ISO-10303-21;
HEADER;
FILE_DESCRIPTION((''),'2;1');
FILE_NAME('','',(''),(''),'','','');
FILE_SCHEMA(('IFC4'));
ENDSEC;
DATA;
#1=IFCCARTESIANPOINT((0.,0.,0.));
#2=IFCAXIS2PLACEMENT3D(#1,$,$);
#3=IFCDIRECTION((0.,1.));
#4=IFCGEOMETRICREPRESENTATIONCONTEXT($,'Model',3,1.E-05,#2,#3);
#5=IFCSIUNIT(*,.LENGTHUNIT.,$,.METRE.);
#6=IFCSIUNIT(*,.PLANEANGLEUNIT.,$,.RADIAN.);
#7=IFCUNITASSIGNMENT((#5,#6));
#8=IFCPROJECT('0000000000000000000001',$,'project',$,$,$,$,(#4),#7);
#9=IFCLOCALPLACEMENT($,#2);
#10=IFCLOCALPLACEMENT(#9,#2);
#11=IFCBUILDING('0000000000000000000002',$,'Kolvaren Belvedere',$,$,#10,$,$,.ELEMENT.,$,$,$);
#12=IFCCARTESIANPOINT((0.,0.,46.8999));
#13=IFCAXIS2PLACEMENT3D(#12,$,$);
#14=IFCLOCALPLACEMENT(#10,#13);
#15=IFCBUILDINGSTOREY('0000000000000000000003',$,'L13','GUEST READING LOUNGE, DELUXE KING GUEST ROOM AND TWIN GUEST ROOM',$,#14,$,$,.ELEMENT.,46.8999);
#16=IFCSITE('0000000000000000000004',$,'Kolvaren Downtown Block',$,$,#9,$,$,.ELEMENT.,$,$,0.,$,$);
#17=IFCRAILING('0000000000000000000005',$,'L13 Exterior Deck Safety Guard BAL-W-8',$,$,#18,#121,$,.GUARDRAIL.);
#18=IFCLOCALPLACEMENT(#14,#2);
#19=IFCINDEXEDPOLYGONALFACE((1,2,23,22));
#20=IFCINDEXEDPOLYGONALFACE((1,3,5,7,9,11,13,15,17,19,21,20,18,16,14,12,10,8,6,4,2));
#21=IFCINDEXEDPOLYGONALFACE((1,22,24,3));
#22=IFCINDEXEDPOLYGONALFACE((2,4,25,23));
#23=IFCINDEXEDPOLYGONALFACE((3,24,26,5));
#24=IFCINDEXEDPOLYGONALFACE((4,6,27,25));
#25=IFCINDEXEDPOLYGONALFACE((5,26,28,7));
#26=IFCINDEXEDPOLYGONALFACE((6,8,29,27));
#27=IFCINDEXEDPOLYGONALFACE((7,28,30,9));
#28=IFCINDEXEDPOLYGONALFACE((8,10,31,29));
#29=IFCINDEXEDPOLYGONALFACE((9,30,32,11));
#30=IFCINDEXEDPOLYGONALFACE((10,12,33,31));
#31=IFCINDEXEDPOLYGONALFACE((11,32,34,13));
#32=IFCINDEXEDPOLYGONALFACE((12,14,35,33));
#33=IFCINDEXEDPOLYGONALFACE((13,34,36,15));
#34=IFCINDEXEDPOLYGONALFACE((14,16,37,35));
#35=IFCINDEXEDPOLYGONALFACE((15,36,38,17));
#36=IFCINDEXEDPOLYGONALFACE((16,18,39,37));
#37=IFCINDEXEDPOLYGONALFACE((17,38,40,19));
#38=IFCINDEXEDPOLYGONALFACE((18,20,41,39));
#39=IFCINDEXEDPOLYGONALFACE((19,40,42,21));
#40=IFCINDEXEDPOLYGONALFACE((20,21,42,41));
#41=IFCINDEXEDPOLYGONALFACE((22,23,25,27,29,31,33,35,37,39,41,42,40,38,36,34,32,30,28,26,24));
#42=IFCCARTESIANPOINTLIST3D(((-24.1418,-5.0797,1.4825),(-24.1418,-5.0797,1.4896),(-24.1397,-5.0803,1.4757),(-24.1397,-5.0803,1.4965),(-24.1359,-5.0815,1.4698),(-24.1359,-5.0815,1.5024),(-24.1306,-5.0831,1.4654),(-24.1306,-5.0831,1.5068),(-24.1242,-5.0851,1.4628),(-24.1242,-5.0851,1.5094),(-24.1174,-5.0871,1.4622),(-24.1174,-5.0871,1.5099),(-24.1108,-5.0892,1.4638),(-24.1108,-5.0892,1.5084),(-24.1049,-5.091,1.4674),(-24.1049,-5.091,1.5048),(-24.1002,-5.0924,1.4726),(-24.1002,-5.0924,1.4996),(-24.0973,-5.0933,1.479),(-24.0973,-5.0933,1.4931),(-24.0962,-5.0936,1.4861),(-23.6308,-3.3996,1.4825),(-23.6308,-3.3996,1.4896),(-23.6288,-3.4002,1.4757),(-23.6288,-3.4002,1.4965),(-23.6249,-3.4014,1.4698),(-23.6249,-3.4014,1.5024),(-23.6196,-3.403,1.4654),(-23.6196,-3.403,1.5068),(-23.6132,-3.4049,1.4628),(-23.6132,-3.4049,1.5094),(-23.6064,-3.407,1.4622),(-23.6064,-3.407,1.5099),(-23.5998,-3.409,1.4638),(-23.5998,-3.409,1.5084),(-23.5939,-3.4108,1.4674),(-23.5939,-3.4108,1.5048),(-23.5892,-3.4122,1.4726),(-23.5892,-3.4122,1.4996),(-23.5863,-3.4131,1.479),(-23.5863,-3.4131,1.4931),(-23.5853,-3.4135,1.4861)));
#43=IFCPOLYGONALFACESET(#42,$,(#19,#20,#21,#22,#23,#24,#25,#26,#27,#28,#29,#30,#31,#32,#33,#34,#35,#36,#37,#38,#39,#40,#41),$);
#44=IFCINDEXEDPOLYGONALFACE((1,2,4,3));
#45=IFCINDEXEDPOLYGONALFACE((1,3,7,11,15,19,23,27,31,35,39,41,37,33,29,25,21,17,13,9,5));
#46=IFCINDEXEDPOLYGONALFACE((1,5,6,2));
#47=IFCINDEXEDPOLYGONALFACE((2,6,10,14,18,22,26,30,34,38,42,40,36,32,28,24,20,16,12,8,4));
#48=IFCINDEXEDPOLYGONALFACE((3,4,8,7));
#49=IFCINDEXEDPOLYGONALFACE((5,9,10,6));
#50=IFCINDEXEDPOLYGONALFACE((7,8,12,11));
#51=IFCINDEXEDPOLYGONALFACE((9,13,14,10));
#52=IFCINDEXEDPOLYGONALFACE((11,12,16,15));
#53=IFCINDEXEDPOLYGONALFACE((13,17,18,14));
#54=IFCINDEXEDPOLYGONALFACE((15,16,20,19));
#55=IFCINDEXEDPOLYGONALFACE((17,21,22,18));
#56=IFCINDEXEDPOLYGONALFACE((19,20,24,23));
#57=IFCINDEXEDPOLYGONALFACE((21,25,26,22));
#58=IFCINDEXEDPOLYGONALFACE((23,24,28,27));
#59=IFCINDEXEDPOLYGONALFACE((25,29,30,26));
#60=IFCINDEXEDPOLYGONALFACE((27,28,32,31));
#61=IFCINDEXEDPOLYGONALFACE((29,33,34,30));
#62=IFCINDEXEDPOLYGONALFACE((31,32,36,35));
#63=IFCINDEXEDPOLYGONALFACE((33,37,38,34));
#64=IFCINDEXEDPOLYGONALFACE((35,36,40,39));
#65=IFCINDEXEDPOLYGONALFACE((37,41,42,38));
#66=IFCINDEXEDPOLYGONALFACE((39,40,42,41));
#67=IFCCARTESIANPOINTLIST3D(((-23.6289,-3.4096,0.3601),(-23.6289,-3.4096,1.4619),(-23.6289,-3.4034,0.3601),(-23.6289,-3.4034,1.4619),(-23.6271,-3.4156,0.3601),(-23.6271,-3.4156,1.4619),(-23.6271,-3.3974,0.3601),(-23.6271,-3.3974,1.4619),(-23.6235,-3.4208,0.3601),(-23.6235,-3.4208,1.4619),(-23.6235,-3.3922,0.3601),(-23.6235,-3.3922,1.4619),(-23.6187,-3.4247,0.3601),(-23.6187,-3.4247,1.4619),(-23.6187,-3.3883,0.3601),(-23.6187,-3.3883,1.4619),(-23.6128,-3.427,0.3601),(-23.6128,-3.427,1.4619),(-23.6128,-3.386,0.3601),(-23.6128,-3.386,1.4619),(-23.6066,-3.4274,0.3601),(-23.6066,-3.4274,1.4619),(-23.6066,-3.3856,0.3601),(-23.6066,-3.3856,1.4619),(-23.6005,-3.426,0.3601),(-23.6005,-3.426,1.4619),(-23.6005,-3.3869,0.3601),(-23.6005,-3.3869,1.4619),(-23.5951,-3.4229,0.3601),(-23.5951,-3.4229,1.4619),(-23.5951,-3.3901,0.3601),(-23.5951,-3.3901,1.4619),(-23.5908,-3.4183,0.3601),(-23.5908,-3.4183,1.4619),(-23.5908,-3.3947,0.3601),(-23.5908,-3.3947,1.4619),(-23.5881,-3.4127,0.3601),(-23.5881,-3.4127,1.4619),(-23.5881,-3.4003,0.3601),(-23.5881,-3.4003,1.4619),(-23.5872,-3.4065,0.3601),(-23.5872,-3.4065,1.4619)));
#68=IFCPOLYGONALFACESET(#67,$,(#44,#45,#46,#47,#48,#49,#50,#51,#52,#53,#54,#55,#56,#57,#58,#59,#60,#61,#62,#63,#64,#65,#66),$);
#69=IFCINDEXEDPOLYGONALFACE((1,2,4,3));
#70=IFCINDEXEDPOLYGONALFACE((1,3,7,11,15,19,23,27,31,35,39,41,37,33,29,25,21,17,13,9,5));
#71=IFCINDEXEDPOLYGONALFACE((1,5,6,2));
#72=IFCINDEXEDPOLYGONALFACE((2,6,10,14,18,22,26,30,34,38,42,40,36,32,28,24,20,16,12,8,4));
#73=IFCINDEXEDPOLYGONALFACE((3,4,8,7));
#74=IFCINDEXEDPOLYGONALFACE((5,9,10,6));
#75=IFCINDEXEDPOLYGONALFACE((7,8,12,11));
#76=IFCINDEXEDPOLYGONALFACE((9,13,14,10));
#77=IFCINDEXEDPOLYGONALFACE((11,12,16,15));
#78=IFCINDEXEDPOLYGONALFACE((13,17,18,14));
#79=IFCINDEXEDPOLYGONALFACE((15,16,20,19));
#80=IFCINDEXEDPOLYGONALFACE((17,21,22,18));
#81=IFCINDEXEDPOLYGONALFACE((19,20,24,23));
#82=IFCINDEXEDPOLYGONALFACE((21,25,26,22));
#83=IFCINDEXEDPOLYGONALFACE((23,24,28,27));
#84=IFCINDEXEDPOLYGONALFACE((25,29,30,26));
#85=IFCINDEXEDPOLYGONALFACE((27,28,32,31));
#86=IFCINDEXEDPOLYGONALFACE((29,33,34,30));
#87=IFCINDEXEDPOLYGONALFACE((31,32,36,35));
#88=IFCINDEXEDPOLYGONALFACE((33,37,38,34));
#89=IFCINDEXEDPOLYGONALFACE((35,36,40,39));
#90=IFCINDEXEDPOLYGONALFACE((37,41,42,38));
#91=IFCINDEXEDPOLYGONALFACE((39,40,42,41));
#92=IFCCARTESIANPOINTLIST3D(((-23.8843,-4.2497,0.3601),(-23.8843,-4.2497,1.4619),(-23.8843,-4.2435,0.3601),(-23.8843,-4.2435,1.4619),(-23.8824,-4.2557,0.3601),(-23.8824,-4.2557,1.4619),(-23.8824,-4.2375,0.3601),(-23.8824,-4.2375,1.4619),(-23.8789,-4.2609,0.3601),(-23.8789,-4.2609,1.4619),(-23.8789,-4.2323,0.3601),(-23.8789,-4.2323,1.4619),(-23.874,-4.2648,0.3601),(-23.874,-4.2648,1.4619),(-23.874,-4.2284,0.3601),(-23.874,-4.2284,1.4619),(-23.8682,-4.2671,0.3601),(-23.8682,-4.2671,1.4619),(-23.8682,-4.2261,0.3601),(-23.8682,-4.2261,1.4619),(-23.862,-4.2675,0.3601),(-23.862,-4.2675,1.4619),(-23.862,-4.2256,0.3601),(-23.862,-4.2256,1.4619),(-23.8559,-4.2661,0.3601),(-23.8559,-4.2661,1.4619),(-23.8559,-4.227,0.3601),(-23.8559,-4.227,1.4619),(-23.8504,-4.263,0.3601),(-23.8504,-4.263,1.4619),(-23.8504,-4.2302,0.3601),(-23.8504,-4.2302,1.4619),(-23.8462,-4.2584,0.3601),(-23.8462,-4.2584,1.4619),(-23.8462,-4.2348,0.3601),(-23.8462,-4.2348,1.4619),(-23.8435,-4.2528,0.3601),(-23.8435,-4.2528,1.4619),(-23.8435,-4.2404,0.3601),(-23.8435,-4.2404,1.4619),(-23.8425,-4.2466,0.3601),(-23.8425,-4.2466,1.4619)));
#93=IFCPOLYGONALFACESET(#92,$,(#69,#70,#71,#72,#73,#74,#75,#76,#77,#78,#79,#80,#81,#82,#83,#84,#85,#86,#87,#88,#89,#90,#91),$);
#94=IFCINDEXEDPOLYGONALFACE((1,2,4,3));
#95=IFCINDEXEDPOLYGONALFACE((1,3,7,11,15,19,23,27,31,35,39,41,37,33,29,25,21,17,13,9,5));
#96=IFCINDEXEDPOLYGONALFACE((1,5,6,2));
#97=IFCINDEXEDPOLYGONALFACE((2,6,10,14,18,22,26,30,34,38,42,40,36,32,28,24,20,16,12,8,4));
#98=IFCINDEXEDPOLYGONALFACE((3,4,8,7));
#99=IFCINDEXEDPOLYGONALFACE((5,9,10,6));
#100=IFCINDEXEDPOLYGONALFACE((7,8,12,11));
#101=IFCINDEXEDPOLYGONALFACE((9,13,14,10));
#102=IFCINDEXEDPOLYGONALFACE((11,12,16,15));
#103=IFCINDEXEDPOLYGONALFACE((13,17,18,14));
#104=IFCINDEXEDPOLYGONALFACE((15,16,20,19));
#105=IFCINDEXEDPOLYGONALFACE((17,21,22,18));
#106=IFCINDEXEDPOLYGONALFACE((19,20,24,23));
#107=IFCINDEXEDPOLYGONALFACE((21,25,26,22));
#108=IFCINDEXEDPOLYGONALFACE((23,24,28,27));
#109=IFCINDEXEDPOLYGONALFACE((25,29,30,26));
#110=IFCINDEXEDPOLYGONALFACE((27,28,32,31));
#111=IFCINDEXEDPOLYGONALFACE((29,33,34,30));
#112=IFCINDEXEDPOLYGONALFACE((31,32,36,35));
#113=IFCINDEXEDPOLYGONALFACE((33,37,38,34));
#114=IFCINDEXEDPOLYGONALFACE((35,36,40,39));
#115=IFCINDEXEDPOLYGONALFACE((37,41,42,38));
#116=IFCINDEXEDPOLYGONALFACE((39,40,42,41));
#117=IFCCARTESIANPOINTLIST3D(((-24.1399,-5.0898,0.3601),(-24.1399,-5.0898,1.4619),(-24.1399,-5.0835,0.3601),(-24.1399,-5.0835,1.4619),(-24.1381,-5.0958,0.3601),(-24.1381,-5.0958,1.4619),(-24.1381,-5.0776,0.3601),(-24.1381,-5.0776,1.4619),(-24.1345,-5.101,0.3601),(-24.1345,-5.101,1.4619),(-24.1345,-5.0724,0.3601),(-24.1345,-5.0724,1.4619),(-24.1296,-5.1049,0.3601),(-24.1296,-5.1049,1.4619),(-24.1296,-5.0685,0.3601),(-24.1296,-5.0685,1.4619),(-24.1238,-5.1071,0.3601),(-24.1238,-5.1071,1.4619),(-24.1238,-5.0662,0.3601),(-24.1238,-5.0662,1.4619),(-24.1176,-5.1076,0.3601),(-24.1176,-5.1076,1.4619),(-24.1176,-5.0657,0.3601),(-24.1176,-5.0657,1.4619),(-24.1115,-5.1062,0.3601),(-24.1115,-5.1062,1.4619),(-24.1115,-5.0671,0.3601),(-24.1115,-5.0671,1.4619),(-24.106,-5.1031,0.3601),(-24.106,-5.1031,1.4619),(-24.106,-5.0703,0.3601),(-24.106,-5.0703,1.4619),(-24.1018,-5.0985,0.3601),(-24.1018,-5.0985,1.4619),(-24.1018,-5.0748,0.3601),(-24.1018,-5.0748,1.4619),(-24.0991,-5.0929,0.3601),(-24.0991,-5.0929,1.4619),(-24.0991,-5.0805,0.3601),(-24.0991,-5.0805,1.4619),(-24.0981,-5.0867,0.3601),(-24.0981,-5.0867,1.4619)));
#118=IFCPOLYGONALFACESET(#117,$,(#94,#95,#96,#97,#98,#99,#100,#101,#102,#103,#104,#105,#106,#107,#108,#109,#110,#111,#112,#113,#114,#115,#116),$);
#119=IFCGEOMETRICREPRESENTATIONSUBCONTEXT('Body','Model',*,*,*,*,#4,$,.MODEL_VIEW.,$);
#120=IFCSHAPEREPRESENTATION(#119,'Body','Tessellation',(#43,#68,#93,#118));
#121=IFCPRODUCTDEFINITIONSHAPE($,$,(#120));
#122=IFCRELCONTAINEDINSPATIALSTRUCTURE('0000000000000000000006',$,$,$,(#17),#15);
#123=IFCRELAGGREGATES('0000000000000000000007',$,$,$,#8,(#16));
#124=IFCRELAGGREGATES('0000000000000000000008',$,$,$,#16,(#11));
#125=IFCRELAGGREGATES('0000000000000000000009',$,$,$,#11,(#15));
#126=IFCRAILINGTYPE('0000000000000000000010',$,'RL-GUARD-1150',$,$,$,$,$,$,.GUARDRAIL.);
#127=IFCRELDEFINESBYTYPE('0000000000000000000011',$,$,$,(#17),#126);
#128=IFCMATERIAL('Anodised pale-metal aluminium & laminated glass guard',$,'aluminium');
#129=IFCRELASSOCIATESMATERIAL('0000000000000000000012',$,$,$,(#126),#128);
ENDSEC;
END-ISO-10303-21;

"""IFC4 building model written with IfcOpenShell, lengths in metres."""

from ifc_helpers import new_model, si_unit, direction, frame, origin, origin_2d, place, context, subcontext, project, spatial, circle, extrude, material, type_object, element, save


model = new_model("IFC4")

# Units and contexts
model_context = context("Model", 3, precision=1e-05, world=origin(), true_north=direction((0.0, 1.0)))
body_context = subcontext(model_context, "Body", "Model", "MODEL_VIEW")
ifc_project = project(units=[si_unit("LENGTHUNIT", "METRE"), si_unit("PLANEANGLEUNIT", "RADIAN")], contexts=[model_context])

# Site, building, storey
site_placement = place(None, origin())
site = spatial("IfcSite", under=ifc_project, at=site_placement, Name="Kolvaren Downtown Block", CompositionType="ELEMENT", RefElevation=0.0)
building_placement = place(site_placement, origin())
building = spatial("IfcBuilding", under=site, at=building_placement, Name="Kolvaren Belvedere", CompositionType="ELEMENT")
storey_placement = place(building_placement, frame((0.0, 0.0, 46.8999)))
storey = spatial("IfcBuildingStorey", under=building, at=storey_placement, Name="L13", Description="GUEST READING LOUNGE, DELUXE KING GUEST ROOM AND TWIN GUEST ROOM", CompositionType="ELEMENT", Elevation=46.8999)

# Railing
ifc_material_1 = material(Name="Anodised pale-metal aluminium & laminated glass guard", Category="aluminium")
railing_type = type_object("IfcRailingType", Name="RL-GUARD-1150", PredefinedType="GUARDRAIL", material=ifc_material_1)
railing_1_placement = place(storey_placement, frame((-23.6082, -3.4065, 0.3601)))
element("IfcRailing", 1, at=railing_1_placement, inside=storey, type_object=railing_type, Name="L13 Exterior Deck Safety Guard BAL-W-8", PredefinedType="GUARDRAIL", context=body_context, shape_type="SweptSolid", body=[
    extrude(circle(Radius=0.0239, at=origin_2d()), frame((0.0, 0.0, 1.126), z_axis=(-0.290968, -0.956733, 0.0), x_axis=(0.956733, -0.290968, 0.0)), (0.0, 0.0, 1.0), 1.7561),
    extrude(circle(Radius=0.021, at=origin_2d()), origin(), (0.0, 0.0, 1.0), 1.1018),
    extrude(circle(Radius=0.021, at=origin_2d()), frame((-0.2554, -0.8401, 0.0)), (0.0, 0.0, 1.0), 1.1018),
    extrude(circle(Radius=0.021, at=origin_2d()), frame((-0.511, -1.6802, 0.0)), (0.0, 0.0, 1.0), 1.1018),
])

save(model, "model.ifc")
